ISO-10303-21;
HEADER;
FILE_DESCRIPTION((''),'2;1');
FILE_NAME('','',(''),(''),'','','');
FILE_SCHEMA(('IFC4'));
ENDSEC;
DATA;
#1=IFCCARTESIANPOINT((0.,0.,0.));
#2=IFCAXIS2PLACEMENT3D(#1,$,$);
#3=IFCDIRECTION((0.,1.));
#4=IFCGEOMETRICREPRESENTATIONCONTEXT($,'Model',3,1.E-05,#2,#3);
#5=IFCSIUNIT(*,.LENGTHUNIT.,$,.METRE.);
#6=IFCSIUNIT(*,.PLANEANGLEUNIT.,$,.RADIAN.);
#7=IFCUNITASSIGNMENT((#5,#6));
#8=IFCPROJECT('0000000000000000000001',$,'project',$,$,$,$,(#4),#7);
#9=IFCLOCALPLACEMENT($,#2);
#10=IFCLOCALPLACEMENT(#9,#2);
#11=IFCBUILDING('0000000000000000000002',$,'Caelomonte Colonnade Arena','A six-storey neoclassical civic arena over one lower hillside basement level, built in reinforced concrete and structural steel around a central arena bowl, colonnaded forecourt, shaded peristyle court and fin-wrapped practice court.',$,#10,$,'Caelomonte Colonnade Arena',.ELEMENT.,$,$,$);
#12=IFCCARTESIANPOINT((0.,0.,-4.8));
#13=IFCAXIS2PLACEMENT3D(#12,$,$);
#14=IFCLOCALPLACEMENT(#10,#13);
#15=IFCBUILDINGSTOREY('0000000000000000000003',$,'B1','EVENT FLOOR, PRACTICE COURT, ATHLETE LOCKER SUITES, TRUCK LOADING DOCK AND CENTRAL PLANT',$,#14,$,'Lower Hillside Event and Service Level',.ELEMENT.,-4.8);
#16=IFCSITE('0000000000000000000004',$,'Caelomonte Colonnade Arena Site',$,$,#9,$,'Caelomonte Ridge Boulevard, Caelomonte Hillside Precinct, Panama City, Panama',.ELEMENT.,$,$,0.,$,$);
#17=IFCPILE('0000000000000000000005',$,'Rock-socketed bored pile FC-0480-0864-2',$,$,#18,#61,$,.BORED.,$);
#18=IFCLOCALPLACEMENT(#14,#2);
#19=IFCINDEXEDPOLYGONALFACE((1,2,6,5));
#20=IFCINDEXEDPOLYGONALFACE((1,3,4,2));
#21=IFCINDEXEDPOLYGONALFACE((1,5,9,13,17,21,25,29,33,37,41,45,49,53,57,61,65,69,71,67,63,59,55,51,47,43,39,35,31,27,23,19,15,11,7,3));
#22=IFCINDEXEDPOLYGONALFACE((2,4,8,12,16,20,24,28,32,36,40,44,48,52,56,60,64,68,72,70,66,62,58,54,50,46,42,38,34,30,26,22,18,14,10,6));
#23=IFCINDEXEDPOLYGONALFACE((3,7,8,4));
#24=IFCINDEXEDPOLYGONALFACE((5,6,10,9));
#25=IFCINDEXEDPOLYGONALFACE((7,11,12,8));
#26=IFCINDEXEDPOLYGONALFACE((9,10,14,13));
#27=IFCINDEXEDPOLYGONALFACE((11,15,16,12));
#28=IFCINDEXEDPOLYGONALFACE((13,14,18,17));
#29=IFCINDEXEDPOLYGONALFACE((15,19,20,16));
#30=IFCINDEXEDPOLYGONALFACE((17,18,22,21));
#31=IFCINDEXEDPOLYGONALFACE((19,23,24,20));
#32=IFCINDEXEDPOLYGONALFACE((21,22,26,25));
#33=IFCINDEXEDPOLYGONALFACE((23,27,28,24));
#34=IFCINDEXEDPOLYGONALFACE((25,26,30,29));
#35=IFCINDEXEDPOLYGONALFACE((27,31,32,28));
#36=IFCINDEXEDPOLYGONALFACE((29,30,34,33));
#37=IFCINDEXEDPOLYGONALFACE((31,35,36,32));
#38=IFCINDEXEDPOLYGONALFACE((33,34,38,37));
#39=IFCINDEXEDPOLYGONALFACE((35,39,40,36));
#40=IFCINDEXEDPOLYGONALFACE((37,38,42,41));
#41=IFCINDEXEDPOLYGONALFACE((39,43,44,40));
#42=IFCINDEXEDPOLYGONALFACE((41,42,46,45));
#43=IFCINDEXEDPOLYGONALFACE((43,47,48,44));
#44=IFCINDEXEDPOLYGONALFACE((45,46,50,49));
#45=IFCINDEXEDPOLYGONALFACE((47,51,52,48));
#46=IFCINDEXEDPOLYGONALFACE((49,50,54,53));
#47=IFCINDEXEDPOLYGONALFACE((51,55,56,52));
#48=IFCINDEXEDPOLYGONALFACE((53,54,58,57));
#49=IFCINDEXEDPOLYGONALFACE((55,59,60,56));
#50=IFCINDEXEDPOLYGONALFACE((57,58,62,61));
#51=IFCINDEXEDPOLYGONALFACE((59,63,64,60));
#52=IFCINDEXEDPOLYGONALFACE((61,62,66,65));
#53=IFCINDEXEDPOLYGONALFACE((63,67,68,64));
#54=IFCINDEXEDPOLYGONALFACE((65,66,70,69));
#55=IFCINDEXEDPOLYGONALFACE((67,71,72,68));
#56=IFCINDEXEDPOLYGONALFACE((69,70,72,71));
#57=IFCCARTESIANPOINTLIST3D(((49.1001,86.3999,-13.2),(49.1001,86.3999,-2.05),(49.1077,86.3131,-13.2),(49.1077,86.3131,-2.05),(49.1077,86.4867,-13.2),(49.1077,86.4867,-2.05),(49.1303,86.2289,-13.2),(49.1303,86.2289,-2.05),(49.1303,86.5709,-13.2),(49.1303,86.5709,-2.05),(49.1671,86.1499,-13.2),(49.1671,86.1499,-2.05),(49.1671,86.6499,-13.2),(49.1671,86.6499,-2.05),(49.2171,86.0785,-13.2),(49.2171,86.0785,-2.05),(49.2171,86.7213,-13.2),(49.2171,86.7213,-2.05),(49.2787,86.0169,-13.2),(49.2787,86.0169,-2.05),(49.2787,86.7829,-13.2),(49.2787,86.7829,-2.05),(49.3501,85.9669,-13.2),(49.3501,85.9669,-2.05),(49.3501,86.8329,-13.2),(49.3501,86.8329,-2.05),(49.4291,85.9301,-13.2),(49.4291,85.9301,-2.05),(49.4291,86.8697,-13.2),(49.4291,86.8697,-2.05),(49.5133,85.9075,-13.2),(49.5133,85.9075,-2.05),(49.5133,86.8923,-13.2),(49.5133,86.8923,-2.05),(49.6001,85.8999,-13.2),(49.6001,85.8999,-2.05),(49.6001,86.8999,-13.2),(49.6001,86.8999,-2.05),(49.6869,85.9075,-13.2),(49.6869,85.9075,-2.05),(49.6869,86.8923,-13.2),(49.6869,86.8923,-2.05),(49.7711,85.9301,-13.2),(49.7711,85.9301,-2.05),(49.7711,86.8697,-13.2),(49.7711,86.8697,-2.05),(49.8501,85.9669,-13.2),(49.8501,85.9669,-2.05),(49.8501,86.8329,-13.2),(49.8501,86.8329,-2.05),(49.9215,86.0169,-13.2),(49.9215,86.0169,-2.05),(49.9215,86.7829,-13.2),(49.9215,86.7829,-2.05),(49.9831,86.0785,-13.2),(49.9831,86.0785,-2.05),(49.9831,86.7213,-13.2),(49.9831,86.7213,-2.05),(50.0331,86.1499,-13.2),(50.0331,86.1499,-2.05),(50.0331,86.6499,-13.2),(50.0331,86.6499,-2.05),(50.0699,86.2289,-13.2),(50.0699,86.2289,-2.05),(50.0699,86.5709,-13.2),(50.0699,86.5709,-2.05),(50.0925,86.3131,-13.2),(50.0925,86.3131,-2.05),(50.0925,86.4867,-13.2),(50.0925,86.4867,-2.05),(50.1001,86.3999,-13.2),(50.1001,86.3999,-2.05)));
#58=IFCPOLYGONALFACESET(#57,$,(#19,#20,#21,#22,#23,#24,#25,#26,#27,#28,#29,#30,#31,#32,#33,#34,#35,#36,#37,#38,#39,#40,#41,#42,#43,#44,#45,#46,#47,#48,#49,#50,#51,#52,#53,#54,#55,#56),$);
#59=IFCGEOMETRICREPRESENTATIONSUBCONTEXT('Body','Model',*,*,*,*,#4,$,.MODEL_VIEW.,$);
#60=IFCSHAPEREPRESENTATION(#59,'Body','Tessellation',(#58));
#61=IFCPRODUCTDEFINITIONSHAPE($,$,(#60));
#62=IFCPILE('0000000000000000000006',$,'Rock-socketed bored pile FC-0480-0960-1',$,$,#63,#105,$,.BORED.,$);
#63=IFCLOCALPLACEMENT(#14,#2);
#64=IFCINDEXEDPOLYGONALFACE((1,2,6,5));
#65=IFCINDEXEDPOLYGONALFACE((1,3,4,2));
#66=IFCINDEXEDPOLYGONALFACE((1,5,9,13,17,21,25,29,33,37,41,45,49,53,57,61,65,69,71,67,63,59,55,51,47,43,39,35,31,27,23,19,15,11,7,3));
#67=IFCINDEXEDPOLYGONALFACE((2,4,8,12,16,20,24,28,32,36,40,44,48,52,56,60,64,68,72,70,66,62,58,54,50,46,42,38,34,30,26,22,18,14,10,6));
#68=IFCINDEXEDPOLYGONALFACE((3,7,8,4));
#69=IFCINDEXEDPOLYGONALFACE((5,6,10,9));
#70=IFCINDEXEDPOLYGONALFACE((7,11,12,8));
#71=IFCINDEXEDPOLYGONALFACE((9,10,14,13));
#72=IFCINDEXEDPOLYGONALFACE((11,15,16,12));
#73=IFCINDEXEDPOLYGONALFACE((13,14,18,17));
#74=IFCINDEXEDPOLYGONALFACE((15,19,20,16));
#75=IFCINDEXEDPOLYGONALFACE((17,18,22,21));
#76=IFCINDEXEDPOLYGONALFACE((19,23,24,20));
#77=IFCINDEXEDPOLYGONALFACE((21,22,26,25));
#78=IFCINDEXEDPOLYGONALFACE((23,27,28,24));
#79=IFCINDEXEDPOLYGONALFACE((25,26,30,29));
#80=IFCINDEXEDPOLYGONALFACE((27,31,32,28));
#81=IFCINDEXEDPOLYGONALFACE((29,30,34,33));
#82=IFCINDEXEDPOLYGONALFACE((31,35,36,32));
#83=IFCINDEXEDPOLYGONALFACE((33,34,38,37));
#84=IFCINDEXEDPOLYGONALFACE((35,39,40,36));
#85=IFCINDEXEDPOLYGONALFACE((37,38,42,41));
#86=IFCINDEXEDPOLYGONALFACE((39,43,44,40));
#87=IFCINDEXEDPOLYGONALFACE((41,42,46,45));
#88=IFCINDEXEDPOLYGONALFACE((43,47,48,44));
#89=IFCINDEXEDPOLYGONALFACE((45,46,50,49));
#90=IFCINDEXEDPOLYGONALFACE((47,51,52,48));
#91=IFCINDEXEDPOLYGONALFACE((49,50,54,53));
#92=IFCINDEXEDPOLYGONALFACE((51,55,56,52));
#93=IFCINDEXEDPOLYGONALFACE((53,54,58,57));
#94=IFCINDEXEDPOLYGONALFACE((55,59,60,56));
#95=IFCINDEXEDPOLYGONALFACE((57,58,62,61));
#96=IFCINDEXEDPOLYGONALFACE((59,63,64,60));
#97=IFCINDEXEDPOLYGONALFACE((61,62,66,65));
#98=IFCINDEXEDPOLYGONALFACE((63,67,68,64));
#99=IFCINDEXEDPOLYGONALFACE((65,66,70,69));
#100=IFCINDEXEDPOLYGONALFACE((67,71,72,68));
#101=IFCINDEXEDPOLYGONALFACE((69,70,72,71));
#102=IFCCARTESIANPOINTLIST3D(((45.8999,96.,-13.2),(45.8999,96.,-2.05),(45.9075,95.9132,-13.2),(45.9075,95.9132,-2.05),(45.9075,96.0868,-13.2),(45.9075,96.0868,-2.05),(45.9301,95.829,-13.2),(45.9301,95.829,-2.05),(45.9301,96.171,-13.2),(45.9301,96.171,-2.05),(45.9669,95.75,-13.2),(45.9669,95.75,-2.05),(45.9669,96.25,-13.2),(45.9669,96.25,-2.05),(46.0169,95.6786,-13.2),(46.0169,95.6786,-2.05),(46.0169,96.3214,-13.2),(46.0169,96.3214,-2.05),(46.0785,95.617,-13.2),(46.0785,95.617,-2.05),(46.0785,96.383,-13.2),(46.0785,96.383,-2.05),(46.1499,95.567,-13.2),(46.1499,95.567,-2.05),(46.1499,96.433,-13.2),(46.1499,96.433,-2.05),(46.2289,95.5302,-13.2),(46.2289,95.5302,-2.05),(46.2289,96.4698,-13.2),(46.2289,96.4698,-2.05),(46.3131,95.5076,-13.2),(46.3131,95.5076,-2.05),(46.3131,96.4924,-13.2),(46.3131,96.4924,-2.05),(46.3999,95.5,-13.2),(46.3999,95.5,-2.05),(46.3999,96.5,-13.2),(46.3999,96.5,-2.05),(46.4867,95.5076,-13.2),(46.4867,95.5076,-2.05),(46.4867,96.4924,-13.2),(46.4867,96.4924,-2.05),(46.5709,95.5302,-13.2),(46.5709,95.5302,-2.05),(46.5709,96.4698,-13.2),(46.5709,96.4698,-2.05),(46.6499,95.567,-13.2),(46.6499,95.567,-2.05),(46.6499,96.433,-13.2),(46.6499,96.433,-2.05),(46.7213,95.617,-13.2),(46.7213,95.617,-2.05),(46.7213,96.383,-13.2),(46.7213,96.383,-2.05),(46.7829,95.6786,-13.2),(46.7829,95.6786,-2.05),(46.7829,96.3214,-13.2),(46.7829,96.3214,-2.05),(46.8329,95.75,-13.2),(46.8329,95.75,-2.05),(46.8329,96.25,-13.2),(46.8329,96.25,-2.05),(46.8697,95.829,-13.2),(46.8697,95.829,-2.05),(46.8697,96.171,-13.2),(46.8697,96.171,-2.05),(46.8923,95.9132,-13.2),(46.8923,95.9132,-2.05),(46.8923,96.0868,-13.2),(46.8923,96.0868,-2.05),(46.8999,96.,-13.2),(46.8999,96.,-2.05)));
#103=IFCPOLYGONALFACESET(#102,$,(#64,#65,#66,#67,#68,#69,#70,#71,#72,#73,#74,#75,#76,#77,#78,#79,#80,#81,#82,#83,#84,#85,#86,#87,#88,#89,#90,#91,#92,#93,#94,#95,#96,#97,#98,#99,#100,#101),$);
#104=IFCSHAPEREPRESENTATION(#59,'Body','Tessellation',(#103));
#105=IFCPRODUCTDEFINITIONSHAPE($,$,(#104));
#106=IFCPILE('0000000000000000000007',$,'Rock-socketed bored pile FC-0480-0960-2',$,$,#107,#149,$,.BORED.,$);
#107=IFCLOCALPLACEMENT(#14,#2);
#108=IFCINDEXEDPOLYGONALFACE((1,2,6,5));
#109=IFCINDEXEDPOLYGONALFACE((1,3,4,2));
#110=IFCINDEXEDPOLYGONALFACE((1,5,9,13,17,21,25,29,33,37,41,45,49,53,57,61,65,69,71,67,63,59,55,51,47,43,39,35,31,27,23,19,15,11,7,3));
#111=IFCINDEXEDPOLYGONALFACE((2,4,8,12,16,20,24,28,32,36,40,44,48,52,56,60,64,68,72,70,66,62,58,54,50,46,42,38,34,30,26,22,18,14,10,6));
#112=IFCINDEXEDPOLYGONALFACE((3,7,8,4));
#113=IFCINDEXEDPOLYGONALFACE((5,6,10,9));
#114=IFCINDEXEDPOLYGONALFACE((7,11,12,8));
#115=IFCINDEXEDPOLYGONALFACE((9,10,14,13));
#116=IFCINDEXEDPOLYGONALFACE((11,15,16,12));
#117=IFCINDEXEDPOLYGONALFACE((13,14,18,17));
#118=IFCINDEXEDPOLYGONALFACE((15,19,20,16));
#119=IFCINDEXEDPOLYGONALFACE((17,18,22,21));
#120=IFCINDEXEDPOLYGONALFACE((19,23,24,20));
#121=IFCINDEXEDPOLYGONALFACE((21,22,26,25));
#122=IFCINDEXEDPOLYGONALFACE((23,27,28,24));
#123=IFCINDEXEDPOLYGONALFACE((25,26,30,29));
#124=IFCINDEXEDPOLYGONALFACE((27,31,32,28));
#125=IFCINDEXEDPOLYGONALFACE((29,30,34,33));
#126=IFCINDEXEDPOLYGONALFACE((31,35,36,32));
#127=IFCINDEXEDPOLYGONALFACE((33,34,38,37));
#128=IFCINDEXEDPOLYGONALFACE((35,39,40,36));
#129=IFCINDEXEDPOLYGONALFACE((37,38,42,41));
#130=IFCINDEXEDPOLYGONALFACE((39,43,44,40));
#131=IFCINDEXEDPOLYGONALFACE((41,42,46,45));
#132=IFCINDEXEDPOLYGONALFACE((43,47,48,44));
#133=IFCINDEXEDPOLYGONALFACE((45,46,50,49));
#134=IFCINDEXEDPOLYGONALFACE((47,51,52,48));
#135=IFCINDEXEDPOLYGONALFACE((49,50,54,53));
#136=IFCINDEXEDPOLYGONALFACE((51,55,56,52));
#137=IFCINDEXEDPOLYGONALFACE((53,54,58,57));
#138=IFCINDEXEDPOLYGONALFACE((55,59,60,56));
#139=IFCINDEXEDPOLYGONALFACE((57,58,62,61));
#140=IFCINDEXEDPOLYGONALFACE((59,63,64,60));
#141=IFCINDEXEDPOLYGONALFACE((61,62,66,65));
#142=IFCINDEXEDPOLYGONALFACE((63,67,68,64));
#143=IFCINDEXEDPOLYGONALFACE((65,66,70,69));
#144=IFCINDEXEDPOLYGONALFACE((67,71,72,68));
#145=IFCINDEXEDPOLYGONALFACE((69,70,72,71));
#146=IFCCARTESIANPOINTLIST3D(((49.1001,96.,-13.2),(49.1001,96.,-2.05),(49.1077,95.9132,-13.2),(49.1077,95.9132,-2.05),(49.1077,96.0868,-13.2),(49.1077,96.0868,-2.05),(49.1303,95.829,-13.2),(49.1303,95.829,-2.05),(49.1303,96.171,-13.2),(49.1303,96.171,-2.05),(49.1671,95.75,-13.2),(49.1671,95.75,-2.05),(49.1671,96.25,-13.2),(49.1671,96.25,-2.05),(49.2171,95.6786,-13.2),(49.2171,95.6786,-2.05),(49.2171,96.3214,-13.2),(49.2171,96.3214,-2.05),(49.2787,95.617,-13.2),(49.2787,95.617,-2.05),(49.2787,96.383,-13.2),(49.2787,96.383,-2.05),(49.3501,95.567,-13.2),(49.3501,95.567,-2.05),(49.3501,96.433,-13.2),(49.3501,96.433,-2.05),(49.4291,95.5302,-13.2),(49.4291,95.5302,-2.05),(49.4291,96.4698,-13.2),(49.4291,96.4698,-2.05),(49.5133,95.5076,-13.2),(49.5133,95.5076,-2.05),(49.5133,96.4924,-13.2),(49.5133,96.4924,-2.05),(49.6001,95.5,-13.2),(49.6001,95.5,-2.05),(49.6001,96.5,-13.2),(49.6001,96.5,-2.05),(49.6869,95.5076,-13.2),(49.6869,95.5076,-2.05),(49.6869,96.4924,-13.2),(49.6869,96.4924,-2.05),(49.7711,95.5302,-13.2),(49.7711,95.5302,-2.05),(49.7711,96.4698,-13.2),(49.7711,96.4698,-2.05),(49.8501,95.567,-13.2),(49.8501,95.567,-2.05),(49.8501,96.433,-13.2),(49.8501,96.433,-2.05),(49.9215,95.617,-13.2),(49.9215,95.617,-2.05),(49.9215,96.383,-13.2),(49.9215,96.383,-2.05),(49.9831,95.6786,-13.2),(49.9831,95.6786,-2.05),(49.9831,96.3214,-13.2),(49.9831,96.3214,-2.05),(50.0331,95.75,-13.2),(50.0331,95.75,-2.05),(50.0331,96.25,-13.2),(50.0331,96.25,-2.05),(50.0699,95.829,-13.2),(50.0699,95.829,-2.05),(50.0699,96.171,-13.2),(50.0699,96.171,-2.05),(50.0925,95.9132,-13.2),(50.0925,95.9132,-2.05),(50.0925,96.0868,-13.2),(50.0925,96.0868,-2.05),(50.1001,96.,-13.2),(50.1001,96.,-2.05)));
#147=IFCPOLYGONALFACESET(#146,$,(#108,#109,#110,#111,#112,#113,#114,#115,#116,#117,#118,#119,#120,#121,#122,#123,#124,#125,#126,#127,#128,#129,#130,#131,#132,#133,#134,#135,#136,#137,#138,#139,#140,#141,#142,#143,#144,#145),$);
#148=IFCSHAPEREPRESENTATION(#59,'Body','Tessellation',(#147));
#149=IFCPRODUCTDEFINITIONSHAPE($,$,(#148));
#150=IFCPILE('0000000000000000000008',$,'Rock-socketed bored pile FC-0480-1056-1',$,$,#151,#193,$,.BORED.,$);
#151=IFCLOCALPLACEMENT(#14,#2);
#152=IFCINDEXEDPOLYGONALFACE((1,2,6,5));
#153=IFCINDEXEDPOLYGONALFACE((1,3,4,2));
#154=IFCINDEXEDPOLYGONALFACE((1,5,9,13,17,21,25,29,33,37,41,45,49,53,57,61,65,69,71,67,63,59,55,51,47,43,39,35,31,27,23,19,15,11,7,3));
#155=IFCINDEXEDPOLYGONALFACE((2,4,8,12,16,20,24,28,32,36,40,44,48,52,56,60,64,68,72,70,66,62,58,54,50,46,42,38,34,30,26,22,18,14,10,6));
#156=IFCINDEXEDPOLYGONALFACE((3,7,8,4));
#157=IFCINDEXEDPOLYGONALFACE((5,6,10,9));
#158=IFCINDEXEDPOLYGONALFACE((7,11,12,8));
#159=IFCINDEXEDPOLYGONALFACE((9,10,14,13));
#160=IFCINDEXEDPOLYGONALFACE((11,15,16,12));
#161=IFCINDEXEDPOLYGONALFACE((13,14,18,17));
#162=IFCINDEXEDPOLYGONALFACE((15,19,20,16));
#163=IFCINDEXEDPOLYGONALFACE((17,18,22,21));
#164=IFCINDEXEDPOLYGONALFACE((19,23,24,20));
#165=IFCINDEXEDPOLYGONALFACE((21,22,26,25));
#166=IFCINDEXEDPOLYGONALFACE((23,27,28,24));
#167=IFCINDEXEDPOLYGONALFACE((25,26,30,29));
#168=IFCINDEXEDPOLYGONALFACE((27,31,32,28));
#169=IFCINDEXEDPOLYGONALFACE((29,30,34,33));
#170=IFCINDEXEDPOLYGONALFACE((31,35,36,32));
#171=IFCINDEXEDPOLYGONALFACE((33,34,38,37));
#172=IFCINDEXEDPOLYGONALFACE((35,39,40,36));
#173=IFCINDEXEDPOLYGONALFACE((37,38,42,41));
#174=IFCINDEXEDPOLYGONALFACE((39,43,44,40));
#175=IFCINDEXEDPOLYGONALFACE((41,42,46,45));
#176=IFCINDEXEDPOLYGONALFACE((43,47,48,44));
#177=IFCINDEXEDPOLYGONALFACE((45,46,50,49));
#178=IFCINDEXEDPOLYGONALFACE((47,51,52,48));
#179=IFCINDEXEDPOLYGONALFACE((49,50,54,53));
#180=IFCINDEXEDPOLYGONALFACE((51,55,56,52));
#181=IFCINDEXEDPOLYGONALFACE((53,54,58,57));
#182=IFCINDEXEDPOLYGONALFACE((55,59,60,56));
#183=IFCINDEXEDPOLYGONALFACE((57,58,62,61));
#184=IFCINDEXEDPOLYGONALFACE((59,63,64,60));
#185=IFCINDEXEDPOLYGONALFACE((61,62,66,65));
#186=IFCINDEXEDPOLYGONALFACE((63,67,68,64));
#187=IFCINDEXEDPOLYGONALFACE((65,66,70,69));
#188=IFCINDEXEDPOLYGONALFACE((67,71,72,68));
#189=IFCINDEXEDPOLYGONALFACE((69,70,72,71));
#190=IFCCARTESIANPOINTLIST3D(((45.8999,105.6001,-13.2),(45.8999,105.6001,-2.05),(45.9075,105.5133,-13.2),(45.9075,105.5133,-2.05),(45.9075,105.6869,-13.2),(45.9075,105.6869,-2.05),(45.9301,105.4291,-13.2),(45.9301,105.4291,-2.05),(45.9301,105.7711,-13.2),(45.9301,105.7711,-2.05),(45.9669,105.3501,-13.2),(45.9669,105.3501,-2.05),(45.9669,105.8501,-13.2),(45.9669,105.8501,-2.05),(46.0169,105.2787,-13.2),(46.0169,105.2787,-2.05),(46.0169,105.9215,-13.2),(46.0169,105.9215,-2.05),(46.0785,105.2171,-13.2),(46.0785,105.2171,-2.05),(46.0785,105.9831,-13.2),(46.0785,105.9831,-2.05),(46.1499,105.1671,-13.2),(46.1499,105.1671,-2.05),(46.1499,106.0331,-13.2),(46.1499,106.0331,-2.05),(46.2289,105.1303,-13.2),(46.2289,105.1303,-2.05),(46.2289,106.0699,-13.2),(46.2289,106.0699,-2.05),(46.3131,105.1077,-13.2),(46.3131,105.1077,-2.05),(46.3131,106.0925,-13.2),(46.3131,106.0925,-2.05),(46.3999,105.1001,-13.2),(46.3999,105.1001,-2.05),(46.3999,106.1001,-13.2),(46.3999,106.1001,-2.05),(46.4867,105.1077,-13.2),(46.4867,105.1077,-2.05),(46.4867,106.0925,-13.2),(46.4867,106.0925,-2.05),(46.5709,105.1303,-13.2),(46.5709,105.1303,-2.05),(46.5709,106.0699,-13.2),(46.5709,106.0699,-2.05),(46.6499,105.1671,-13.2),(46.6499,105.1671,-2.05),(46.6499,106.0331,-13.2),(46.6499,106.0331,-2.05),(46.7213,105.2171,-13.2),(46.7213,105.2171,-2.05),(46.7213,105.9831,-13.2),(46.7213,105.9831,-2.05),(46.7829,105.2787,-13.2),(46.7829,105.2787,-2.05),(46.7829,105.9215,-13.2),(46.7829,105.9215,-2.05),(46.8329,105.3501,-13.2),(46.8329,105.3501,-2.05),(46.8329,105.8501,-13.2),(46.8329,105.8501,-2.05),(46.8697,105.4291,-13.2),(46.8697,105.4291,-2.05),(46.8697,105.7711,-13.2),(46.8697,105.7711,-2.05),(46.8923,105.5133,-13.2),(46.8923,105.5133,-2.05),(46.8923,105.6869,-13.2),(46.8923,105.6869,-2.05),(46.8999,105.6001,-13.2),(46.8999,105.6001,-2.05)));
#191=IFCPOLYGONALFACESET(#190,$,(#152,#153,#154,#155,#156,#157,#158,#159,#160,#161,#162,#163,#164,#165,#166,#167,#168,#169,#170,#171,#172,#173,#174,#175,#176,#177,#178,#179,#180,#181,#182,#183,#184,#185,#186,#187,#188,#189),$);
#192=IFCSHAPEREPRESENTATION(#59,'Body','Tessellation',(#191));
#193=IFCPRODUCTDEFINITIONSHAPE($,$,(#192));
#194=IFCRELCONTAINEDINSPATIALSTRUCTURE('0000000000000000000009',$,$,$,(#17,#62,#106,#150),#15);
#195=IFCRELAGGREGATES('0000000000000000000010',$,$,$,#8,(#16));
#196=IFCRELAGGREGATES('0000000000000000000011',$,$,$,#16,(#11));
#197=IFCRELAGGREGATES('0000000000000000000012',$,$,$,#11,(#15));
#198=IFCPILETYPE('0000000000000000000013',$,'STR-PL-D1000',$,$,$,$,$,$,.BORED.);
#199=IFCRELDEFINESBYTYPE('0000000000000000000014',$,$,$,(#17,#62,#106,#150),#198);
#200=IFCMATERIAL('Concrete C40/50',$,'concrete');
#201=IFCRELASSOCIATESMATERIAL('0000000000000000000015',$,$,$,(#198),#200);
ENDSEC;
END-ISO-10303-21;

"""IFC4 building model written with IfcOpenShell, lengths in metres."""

from ifc_helpers import new_model, si_unit, direction, frame, origin, origin_2d, place, context, subcontext, project, spatial, circle, extrude, material, material_profile, profile_set, type_object, element, save


model = new_model("IFC4")

# Units and contexts
model_context = context("Model", 3, precision=1e-05, world=origin(), true_north=direction((0.0, 1.0)))
body_context = subcontext(model_context, "Body", "Model", "MODEL_VIEW")
ifc_project = project(units=[si_unit("LENGTHUNIT", "METRE"), si_unit("PLANEANGLEUNIT", "RADIAN")], contexts=[model_context])

# Site, building, storey
site_placement = place(None, origin())
site = spatial("IfcSite", under=ifc_project, at=site_placement, Name="Caelomonte Colonnade Arena Site", LongName="Caelomonte Ridge Boulevard, Caelomonte Hillside Precinct, Panama City, Panama", CompositionType="ELEMENT", RefElevation=0.0)
building_placement = place(site_placement, origin())
building = spatial("IfcBuilding", under=site, at=building_placement, Name="Caelomonte Colonnade Arena", Description="A six-storey neoclassical civic arena over one lower hillside basement level, built in reinforced concrete and structural steel around a central arena bowl, colonnaded forecourt, shaded peristyle court and fin-wrapped practice court.", LongName="Caelomonte Colonnade Arena", CompositionType="ELEMENT")
storey_placement = place(building_placement, frame((0.0, 0.0, -4.8)))
storey = spatial("IfcBuildingStorey", under=building, at=storey_placement, Name="B1", Description="EVENT FLOOR, PRACTICE COURT, ATHLETE LOCKER SUITES, TRUCK LOADING DOCK AND CENTRAL PLANT", LongName="Lower Hillside Event and Service Level", CompositionType="ELEMENT", Elevation=-4.8)

# Shared definitions
ifc_material_1 = material(Name="Concrete C40/50", Category="concrete")

# Piles
ifc_material_profile_1 = material_profile(ifc_material_1, circle(Radius=0.5, at=origin_2d()), Name="PILE-D1000")
ifc_profile_set_1 = profile_set([ifc_material_profile_1], Name="Concrete C40/50")
pile_type_1 = type_object("IfcPileType", Name="STR-PL-D1000", PredefinedType="BORED", material=ifc_profile_set_1)
for number, where, z_axis, x_axis, name in (
    (1, (49.6001, 86.3999, -2.05), (0.0, 0.0, -1.0), (1.0, 0.0, 0.0), "Rock-socketed bored pile FC-0480-0864-2"),
    (2, (46.3999, 96.0, -2.05), (0.0, 0.0, -1.0), (1.0, 0.0, 0.0), "Rock-socketed bored pile FC-0480-0960-1"),
    (3, (49.6001, 96.0, -2.05), (0.0, 0.0, -1.0), (1.0, 0.0, 0.0), "Rock-socketed bored pile FC-0480-0960-2"),
    (4, (46.3999, 105.6001, -2.05), (0.0, 0.0, -1.0), (1.0, 0.0, 0.0), "Rock-socketed bored pile FC-0480-1056-1"),
):
    element("IfcPile", number, at=place(storey_placement, frame(where, z_axis=z_axis, x_axis=x_axis)), inside=storey, type_object=pile_type_1, Name=name, PredefinedType="BORED", context=body_context, shape_type="SweptSolid", body=[
        extrude(circle(Radius=0.5, at=origin_2d()), origin(), (0.0, 0.0, 1.0), 11.1499),
    ])

save(model, "model.ifc")
